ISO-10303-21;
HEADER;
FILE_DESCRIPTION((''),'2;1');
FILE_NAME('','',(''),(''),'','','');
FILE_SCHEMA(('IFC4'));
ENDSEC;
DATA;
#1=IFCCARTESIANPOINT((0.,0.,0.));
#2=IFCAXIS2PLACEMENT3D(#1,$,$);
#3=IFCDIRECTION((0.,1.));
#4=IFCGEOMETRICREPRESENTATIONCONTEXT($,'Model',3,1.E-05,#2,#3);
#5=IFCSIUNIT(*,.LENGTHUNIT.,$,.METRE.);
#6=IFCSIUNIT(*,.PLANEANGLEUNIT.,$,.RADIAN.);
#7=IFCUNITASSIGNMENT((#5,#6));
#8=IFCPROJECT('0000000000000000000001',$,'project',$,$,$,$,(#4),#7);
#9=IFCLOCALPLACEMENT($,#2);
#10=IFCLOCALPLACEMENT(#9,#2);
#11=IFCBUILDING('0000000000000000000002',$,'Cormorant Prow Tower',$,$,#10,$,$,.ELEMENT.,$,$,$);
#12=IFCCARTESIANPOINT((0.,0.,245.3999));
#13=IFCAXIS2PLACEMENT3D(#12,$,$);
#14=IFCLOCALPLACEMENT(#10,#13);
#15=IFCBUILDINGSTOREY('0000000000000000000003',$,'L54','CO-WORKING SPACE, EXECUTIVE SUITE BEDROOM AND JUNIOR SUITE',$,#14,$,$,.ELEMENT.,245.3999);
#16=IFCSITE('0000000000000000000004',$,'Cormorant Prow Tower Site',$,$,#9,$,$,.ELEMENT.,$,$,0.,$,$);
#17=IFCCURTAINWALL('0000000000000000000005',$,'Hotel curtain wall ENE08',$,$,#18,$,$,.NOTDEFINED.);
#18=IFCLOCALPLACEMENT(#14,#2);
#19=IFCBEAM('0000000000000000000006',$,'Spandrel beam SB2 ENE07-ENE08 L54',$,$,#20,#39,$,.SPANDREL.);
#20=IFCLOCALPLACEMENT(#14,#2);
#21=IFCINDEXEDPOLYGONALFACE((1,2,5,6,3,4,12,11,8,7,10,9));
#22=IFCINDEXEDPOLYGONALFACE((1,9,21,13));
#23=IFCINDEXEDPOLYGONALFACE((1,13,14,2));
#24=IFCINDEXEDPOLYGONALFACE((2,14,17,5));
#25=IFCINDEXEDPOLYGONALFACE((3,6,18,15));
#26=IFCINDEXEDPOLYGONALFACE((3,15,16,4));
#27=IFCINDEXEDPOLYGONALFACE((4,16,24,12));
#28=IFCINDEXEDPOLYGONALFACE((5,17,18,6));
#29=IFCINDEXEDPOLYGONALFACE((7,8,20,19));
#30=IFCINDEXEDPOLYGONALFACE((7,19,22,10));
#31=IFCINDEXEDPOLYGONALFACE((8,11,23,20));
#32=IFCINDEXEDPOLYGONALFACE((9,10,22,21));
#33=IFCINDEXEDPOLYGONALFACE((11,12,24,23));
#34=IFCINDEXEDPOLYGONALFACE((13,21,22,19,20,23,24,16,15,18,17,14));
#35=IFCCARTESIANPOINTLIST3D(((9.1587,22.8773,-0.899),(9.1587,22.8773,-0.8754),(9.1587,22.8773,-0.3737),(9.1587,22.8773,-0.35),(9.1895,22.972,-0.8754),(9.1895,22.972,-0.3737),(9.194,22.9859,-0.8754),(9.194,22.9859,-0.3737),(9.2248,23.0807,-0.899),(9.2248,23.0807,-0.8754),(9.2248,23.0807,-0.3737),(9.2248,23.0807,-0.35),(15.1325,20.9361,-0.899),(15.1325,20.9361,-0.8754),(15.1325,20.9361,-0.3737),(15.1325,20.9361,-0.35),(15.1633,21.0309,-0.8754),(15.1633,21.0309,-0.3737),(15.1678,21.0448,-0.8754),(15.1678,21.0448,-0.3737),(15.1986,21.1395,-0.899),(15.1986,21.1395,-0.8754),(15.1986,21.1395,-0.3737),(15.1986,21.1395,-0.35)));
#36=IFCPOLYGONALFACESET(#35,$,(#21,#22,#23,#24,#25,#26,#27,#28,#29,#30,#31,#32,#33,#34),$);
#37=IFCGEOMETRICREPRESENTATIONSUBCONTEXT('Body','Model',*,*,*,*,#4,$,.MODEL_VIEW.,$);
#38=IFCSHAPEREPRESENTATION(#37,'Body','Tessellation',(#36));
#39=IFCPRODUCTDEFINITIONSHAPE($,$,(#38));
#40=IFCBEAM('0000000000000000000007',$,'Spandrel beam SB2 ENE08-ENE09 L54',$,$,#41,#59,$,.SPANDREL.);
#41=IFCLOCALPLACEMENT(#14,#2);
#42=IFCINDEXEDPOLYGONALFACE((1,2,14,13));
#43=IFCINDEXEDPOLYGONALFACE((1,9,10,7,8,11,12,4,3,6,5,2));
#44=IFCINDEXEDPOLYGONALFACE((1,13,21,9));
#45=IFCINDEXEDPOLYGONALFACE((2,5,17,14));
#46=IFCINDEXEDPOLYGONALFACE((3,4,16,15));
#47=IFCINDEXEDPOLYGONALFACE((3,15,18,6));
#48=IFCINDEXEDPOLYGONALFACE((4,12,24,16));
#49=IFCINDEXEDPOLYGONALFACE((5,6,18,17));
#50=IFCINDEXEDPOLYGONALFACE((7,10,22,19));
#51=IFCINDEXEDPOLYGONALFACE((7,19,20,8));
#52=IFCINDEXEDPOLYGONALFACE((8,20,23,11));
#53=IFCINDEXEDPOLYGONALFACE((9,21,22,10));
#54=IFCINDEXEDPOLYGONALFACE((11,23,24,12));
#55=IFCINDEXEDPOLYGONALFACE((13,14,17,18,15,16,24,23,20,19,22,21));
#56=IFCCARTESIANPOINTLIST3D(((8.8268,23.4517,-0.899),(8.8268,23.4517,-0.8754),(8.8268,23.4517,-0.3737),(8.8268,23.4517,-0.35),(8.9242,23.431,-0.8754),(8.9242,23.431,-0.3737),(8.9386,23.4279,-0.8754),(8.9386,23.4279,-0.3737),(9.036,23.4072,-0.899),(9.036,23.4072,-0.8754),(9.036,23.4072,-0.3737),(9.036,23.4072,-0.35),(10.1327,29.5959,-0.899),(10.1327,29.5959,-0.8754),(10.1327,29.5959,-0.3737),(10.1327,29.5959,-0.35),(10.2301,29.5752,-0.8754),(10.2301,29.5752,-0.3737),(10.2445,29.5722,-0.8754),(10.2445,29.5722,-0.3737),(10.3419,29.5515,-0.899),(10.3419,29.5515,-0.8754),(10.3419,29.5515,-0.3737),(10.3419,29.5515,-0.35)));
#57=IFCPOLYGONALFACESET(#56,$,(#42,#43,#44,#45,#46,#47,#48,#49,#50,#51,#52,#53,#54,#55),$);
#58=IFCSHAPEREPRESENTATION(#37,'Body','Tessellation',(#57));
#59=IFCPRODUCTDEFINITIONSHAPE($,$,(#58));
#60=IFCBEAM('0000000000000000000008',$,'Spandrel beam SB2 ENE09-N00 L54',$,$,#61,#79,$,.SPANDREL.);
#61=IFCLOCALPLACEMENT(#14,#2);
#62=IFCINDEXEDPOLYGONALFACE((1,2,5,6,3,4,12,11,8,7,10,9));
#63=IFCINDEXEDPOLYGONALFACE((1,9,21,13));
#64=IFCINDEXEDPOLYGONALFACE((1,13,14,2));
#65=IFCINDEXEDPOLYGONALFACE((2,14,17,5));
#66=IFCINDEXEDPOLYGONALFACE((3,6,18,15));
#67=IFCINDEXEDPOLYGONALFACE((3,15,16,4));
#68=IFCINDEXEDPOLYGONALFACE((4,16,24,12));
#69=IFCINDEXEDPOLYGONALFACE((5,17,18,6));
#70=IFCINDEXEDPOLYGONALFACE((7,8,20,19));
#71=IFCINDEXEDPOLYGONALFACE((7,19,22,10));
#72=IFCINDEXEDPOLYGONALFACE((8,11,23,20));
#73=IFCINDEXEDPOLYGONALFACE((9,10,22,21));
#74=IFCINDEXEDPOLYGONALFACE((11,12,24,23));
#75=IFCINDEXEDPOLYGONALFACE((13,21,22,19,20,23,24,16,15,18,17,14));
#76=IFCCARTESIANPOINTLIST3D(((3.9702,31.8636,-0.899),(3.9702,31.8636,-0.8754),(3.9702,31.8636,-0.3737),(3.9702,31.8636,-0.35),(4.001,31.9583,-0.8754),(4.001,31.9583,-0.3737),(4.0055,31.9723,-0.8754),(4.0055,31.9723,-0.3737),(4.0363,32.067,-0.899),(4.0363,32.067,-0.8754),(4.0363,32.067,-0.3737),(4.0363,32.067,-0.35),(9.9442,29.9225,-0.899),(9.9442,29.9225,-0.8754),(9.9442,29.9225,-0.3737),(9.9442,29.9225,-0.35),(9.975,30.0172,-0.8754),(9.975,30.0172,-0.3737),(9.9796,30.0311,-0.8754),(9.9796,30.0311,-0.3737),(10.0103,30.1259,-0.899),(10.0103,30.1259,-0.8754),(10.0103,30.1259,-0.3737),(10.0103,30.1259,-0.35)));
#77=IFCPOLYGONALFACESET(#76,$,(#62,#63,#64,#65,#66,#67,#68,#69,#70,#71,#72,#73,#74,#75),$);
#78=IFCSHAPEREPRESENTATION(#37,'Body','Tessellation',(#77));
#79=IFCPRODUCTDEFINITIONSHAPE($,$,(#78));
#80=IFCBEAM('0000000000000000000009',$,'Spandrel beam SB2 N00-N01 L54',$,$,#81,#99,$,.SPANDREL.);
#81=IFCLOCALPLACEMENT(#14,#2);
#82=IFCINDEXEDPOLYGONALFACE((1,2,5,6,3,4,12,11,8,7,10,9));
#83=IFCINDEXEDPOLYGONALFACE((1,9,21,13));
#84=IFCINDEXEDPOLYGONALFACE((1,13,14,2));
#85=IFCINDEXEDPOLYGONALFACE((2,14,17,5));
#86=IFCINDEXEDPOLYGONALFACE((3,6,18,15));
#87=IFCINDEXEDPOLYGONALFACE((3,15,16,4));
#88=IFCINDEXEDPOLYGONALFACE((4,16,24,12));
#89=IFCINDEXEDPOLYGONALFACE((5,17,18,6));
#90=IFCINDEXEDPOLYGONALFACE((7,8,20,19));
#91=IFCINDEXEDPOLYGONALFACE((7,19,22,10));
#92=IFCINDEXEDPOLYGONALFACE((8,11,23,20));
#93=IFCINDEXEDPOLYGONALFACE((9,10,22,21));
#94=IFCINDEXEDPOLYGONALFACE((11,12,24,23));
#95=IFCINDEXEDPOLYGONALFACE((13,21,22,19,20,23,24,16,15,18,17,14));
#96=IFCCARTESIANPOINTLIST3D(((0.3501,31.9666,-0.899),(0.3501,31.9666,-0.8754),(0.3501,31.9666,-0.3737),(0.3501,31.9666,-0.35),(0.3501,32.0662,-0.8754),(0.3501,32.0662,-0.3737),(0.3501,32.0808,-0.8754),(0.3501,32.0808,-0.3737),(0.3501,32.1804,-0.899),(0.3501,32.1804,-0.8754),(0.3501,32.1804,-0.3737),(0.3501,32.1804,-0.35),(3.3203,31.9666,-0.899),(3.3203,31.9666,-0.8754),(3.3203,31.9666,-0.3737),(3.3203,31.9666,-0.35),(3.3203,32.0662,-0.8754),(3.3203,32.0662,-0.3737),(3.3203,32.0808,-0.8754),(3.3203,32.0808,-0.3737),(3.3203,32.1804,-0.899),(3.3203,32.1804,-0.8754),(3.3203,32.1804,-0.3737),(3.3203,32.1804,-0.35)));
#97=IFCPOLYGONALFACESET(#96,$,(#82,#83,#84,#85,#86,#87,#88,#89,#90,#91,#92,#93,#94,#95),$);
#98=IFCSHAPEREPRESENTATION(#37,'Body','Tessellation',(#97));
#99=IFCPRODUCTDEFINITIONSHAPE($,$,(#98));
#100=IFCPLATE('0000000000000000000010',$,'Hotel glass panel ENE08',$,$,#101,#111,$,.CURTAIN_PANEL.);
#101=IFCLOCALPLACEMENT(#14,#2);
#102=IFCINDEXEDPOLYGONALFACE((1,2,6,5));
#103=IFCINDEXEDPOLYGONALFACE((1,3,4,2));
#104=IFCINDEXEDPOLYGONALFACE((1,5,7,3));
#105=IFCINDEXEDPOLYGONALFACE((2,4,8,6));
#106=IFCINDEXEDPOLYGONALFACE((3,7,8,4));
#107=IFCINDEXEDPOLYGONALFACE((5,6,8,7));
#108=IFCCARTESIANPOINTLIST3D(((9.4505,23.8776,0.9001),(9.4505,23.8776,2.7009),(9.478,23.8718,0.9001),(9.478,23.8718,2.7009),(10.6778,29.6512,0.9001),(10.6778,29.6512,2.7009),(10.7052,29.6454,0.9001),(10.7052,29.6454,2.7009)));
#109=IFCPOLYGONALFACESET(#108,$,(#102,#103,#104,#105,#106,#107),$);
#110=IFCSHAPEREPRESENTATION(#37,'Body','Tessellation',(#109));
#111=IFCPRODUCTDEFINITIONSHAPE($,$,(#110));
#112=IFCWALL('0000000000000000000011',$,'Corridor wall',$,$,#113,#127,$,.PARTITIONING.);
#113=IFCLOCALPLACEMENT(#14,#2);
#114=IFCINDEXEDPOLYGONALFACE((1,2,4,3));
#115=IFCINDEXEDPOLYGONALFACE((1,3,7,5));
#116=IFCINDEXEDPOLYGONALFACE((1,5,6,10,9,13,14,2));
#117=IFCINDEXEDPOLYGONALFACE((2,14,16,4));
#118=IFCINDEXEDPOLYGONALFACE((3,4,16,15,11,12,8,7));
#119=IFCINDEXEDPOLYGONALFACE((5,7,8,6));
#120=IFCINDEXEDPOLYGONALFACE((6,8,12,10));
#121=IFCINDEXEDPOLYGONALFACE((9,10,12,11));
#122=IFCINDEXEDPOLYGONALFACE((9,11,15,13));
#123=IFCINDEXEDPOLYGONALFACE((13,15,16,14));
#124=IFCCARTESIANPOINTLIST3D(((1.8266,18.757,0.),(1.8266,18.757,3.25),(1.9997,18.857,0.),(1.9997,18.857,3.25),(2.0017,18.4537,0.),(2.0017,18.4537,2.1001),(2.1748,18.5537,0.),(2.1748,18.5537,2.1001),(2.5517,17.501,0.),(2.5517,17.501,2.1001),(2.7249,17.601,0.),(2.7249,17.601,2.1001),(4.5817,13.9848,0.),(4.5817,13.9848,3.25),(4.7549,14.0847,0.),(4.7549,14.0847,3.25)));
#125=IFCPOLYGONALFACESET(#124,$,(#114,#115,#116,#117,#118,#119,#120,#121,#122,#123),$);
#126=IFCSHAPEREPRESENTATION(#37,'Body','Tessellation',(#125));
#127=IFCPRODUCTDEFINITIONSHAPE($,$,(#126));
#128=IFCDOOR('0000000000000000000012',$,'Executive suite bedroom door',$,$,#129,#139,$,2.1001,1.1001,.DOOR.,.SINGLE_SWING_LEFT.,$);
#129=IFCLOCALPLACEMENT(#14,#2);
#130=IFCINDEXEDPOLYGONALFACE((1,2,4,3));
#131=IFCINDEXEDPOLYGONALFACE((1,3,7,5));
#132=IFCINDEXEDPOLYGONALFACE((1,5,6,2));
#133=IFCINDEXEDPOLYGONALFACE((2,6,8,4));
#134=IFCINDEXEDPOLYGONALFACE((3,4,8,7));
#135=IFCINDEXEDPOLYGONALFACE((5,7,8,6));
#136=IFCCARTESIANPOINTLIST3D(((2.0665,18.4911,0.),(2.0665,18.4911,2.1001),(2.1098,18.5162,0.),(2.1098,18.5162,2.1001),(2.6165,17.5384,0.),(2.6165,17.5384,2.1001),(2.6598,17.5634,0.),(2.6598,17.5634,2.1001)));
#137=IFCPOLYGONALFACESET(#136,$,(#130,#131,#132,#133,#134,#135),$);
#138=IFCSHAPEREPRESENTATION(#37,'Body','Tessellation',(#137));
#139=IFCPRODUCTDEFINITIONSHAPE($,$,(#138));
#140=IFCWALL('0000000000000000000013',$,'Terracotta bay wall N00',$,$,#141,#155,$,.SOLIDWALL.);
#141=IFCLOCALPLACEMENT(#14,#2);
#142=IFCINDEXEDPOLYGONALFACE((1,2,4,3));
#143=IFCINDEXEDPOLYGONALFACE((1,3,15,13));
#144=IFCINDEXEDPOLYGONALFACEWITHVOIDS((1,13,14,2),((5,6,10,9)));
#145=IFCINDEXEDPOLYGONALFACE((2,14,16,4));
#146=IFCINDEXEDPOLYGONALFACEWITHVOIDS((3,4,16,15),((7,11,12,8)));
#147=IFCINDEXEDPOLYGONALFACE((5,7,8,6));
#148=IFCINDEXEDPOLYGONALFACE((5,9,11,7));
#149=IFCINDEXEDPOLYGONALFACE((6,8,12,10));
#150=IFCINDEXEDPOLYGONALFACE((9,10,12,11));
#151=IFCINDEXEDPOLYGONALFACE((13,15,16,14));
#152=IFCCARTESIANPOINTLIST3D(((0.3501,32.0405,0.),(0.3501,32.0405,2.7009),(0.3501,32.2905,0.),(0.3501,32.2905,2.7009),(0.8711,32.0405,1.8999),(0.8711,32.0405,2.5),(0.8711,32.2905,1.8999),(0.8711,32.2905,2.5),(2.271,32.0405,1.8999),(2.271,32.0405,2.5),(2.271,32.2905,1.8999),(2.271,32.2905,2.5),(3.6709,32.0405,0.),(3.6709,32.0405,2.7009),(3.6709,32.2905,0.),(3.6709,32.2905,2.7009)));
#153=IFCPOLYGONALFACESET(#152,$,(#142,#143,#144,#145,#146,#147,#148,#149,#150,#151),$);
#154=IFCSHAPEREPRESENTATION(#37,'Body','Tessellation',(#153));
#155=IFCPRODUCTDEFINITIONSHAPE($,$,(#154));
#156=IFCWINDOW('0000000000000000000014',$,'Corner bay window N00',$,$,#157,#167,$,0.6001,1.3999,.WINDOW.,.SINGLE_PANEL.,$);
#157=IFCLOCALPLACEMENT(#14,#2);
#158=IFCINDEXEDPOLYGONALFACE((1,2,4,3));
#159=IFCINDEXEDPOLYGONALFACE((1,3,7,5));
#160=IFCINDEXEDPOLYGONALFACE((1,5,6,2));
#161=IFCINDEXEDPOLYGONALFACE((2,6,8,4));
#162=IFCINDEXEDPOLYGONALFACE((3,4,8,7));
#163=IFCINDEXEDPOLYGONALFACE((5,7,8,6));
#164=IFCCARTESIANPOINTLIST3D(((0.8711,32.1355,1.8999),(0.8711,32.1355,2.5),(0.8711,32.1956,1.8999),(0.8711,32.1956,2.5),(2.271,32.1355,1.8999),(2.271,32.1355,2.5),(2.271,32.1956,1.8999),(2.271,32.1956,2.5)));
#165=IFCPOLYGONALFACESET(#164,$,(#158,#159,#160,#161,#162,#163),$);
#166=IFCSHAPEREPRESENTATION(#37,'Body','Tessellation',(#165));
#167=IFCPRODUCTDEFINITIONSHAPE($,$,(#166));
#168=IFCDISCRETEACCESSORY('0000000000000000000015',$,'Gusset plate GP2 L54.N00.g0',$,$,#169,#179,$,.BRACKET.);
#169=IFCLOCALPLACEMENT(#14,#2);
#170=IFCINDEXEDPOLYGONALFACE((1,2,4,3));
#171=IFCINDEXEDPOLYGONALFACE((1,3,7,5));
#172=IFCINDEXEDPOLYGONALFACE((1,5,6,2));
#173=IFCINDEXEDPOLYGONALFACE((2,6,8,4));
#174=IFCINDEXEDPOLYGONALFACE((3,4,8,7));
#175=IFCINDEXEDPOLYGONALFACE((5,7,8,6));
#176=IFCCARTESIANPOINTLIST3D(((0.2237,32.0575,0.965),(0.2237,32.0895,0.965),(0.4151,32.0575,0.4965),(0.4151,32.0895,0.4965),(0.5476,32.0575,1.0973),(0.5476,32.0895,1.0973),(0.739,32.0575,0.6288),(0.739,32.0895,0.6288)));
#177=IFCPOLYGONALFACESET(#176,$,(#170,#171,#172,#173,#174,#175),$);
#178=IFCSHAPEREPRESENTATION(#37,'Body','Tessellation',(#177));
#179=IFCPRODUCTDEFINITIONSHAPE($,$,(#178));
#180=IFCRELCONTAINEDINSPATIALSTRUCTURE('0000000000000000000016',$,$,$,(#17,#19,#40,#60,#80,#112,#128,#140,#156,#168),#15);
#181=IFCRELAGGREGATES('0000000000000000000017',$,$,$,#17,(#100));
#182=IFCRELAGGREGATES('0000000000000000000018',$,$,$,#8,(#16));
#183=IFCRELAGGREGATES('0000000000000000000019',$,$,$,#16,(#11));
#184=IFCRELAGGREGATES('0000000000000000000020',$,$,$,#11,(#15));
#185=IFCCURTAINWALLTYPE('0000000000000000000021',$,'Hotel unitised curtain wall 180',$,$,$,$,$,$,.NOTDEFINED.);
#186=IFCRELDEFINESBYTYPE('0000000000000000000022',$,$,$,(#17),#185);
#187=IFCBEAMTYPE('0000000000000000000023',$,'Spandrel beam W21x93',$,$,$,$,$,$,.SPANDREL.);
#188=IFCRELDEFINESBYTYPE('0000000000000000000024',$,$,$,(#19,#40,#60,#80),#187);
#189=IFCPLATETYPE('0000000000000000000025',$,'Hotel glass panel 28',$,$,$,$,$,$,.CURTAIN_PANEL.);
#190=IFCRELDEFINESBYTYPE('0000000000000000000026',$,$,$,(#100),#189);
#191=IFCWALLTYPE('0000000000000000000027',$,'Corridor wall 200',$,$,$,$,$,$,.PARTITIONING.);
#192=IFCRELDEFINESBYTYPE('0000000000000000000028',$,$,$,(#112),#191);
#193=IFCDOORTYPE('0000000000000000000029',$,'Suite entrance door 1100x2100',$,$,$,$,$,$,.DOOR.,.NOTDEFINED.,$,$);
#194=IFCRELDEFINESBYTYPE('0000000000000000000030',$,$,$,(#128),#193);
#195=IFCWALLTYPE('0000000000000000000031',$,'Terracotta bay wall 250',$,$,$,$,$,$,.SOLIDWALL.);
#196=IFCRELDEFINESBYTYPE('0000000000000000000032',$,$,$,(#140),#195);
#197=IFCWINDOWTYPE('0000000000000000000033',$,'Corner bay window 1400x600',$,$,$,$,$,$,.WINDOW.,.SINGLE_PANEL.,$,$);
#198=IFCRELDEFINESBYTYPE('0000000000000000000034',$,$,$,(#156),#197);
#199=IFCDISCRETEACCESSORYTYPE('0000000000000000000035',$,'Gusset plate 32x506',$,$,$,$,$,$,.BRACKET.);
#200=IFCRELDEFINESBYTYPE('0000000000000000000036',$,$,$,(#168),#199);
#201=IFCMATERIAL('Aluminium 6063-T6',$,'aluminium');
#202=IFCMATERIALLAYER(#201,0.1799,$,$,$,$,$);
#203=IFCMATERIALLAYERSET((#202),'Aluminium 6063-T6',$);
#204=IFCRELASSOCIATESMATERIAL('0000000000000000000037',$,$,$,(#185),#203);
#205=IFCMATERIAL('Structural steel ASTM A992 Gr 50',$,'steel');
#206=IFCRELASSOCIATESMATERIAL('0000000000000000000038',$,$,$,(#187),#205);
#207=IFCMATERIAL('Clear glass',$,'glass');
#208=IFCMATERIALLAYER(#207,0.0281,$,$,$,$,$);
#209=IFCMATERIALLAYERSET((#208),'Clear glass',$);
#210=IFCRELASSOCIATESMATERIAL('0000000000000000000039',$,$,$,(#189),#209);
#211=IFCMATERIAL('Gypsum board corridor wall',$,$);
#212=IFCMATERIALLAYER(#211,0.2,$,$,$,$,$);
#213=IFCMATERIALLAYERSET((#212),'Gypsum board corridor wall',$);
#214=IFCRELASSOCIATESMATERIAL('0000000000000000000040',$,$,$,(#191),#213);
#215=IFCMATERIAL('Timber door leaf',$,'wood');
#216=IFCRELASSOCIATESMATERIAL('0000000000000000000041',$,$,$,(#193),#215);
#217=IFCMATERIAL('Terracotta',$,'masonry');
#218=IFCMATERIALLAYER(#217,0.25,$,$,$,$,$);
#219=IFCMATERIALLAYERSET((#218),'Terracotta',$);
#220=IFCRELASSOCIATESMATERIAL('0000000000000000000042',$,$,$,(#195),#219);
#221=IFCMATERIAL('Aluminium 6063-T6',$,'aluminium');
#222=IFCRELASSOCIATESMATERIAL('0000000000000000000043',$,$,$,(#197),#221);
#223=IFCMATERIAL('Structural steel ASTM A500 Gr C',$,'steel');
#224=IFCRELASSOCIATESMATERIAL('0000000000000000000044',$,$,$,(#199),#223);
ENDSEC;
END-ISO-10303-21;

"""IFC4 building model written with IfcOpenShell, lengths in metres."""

from ifc_helpers import new_model, si_unit, direction, frame, frame_2d, origin, origin_2d, place, context, subcontext, project, spatial, rectangle, i_section, extrude, material, layer, layer_set, material_profile, profile_set, type_object, element, fill, aggregate, save


model = new_model("IFC4")

# Units and contexts
model_context = context("Model", 3, precision=1e-05, world=origin(), true_north=direction((0.0, 1.0)))
body_context = subcontext(model_context, "Body", "Model", "MODEL_VIEW")
ifc_project = project(units=[si_unit("LENGTHUNIT", "METRE"), si_unit("PLANEANGLEUNIT", "RADIAN")], contexts=[model_context])

# Site, building, storey
site_placement = place(None, origin())
site = spatial("IfcSite", under=ifc_project, at=site_placement, Name="Cormorant Prow Tower Site", CompositionType="ELEMENT", RefElevation=0.0)
building_placement = place(site_placement, origin())
building = spatial("IfcBuilding", under=site, at=building_placement, Name="Cormorant Prow Tower", CompositionType="ELEMENT")
storey_placement = place(building_placement, frame((0.0, 0.0, 245.3999)))
storey = spatial("IfcBuildingStorey", under=building, at=storey_placement, Name="L54", Description="CO-WORKING SPACE, EXECUTIVE SUITE BEDROOM AND JUNIOR SUITE", CompositionType="ELEMENT", Elevation=245.3999)

# Curtain wall
ifc_material_1 = material(Name="Aluminium 6063-T6", Category="aluminium")
ifc_layer_1 = layer(ifc_material_1, 0.1799)
ifc_layer_set_1 = layer_set([ifc_layer_1], Name="Aluminium 6063-T6")
curtain_wall_type = type_object("IfcCurtainWallType", Name="Hotel unitised curtain wall 180", PredefinedType="NOTDEFINED", material=ifc_layer_set_1)
curtain_wall_placement = place(storey_placement, origin())
curtain_wall = element("IfcCurtainWall", 1, at=curtain_wall_placement, inside=storey, type_object=curtain_wall_type, Name="Hotel curtain wall ENE08", PredefinedType="NOTDEFINED")

# Beams
ifc_material_2 = material(Name="Structural steel ASTM A992 Gr 50", Category="steel")
ifc_material_profile_1 = material_profile(ifc_material_2, i_section(OverallWidth=0.2139, OverallDepth=0.5491, WebThickness=0.0146, FlangeThickness=0.0237, at=origin_2d()), Name="W21x93")
ifc_profile_set_1 = profile_set([ifc_material_profile_1], Name="Structural steel ASTM A992 Gr 50")
beam_type_1 = type_object("IfcBeamType", Name="Spandrel beam W21x93", PredefinedType="SPANDREL", material=ifc_profile_set_1)
beam_1_placement = place(storey_placement, frame((15.1655, 21.0378, -0.6245), z_axis=(-0.95105, 0.309036, 0.0), x_axis=(-0.309036, -0.95105, 0.0)))
element("IfcBeam", 2, at=beam_1_placement, inside=storey, type_object=beam_type_1, Name="Spandrel beam SB2 ENE07-ENE08 L54", PredefinedType="SPANDREL", context=body_context, shape_type="SweptSolid", body=[
    extrude(i_section(OverallWidth=0.2139, OverallDepth=0.5491, WebThickness=0.0146, FlangeThickness=0.0237, at=origin_2d()), origin(), (0.0, 0.0, 1.0), 6.2812),
])
for number, where, z_axis, x_axis, name in (
    (3, (8.9314, 23.4294, -0.6245), (0.207896, 0.978151, 0.0), (-0.978151, 0.207896, 0.0), "Spandrel beam SB2 ENE08-ENE09 L54"),
    (4, (9.9773, 30.0242, -0.6245), (-0.951054, 0.309025, 0.0), (-0.309025, -0.951054, 0.0), "Spandrel beam SB2 ENE09-N00 L54"),
):
    element("IfcBeam", number, at=place(storey_placement, frame(where, z_axis=z_axis, x_axis=x_axis)), inside=storey, type_object=beam_type_1, Name=name, PredefinedType="SPANDREL", context=body_context, shape_type="SweptSolid", body=[
        extrude(i_section(OverallWidth=0.2139, OverallDepth=0.5491, WebThickness=0.0146, FlangeThickness=0.0237, at=origin_2d()), origin(), (0.0, 0.0, 1.0), 6.2815),
    ])
beam_2_placement = place(storey_placement, frame((3.3203, 32.0735, -0.6245), z_axis=(-1.0, 0.0, 0.0), x_axis=(0.0, -1.0, 0.0)))
element("IfcBeam", 5, at=beam_2_placement, inside=storey, type_object=beam_type_1, Name="Spandrel beam SB2 N00-N01 L54", PredefinedType="SPANDREL", context=body_context, shape_type="SweptSolid", body=[
    extrude(i_section(OverallWidth=0.2139, OverallDepth=0.5491, WebThickness=0.0146, FlangeThickness=0.0237, at=origin_2d()), origin(), (0.0, 0.0, 1.0), 2.9702),
])

# Plate
ifc_material_3 = material(Name="Clear glass", Category="glass")
ifc_layer_2 = layer(ifc_material_3, 0.0281)
ifc_layer_set_2 = layer_set([ifc_layer_2], Name="Clear glass")
plate_type = type_object("IfcPlateType", Name="Hotel glass panel 28", PredefinedType="CURTAIN_PANEL", material=ifc_layer_set_2)
plate_placement = place(storey_placement, frame((10.0779, 26.7615, 0.9001), z_axis=(0.0, 0.0, 1.0), x_axis=(0.207912, 0.978148, 0.0)))
plate = element("IfcPlate", 6, at=plate_placement, type_object=plate_type, Name="Hotel glass panel ENE08", PredefinedType="CURTAIN_PANEL", context=body_context, shape_type="SweptSolid", body=[
    extrude(rectangle(XDim=5.9026, YDim=0.0281, at=origin_2d()), origin(), (0.0, 0.0, 1.0), 1.8008),
])
aggregate(curtain_wall, [plate])

# Wall, opening, door
ifc_material_4 = material(Name="Gypsum board corridor wall")
ifc_layer_3 = layer(ifc_material_4, 0.2)
ifc_layer_set_3 = layer_set([ifc_layer_3], Name="Gypsum board corridor wall")
wall_type_1 = type_object("IfcWallType", Name="Corridor wall 200", PredefinedType="PARTITIONING", material=ifc_layer_set_3)
wall_1_placement = place(storey_placement, frame((1.9131, 18.8071, 0.0), z_axis=(0.0, 0.0, 1.0), x_axis=(0.499985, -0.866034, 0.0)))
wall_1 = element("IfcWall", 7, at=wall_1_placement, inside=storey, type_object=wall_type_1, Name="Corridor wall", PredefinedType="PARTITIONING", context=body_context, shape_type="SweptSolid", body=[
    extrude(rectangle(XDim=5.5105, YDim=0.2, at=frame_2d((2.7554, 0.0))), origin(), (0.0, 0.0, 1.0), 3.25),
])
opening_1_placement = place(wall_1_placement, frame((0.3503, 0.0, 0.0)))
opening_1 = element("IfcOpeningElement", 8, at=opening_1_placement, cuts=wall_1, PredefinedType="OPENING", context=body_context, shape_type="SweptSolid", body=[
    extrude(rectangle(XDim=1.1001, YDim=2.1001, at=frame_2d((0.55, 1.05))), frame((0.0, 0.1099, 0.0), z_axis=(0.0, -1.0, 0.0), x_axis=(1.0, 0.0, 0.0)), (0.0, 0.0, 1.0), 0.22),
])
ifc_material_5 = material(Name="Timber door leaf", Category="wood")
door_type_1 = type_object("IfcDoorType", Name="Suite entrance door 1100x2100", OperationType="NOTDEFINED", PredefinedType="DOOR", material=ifc_material_5)
door_1_placement = place(opening_1_placement, origin())
door_1 = element("IfcDoor", 9, at=door_1_placement, inside=storey, type_object=door_type_1, Name="Executive suite bedroom door", OperationType="SINGLE_SWING_LEFT", OverallHeight=2.1001, OverallWidth=1.1001, PredefinedType="DOOR", context=body_context, shape_type="SweptSolid", body=[
    extrude(rectangle(XDim=1.1001, YDim=2.1001, at=frame_2d((0.55, 1.05))), frame((0.0, 0.0249, 0.0), z_axis=(0.0, -1.0, 0.0), x_axis=(1.0, 0.0, 0.0)), (0.0, 0.0, 1.0), 0.05),
])
fill(opening_1, door_1)

# Wall, opening, window
ifc_material_6 = material(Name="Terracotta", Category="masonry")
ifc_layer_4 = layer(ifc_material_6, 0.25)
ifc_layer_set_4 = layer_set([ifc_layer_4], Name="Terracotta")
wall_type_2 = type_object("IfcWallType", Name="Terracotta bay wall 250", PredefinedType="SOLIDWALL", material=ifc_layer_set_4)
wall_2_placement = place(storey_placement, frame((3.6709, 32.1655, 0.0), z_axis=(0.0, 0.0, 1.0), x_axis=(-1.0, 0.0, 0.0)))
wall_2 = element("IfcWall", 10, at=wall_2_placement, inside=storey, type_object=wall_type_2, Name="Terracotta bay wall N00", PredefinedType="SOLIDWALL", context=body_context, shape_type="SweptSolid", body=[
    extrude(rectangle(XDim=3.3208, YDim=0.25, at=frame_2d((1.6604, 0.0))), origin(), (0.0, 0.0, 1.0), 2.7009),
])
opening_2_placement = place(wall_2_placement, frame((1.3999, 0.0, 1.8999)))
opening_2 = element("IfcOpeningElement", 11, at=opening_2_placement, cuts=wall_2, PredefinedType="OPENING", context=body_context, shape_type="SweptSolid", body=[
    extrude(rectangle(XDim=1.3999, YDim=0.6001, at=frame_2d((0.7, 0.3))), frame((0.0, 0.135, 0.0), z_axis=(0.0, -1.0, 0.0), x_axis=(1.0, 0.0, 0.0)), (0.0, 0.0, 1.0), 0.27),
])
ifc_material_7 = material(Name="Aluminium 6063-T6", Category="aluminium")
window_type = type_object("IfcWindowType", Name="Corner bay window 1400x600", PartitioningType="SINGLE_PANEL", PredefinedType="WINDOW", material=ifc_material_7)
window_placement = place(opening_2_placement, origin())
window = element("IfcWindow", 12, at=window_placement, inside=storey, type_object=window_type, Name="Corner bay window N00", OverallHeight=0.6001, OverallWidth=1.3999, PartitioningType="SINGLE_PANEL", PredefinedType="WINDOW", context=body_context, shape_type="SweptSolid", body=[
    extrude(rectangle(XDim=1.3999, YDim=0.6001, at=frame_2d((0.7, 0.3))), frame((0.0, 0.03, 0.0), z_axis=(0.0, -1.0, 0.0), x_axis=(1.0, 0.0, 0.0)), (0.0, 0.0, 1.0), 0.0601),
])
fill(opening_2, window)

# Discrete accessory
ifc_material_8 = material(Name="Structural steel ASTM A500 Gr C", Category="steel")
ifc_material_profile_2 = material_profile(ifc_material_8, rectangle(XDim=0.032, YDim=0.5061, at=origin_2d()), Name="Gusset plate 32x506")
ifc_profile_set_2 = profile_set([ifc_material_profile_2], Name="Structural steel ASTM A500 Gr C")
discrete_accessory_type = type_object("IfcDiscreteAccessoryType", Name="Gusset plate 32x506", PredefinedType="BRACKET", material=ifc_profile_set_2)
discrete_accessory_1_placement = place(storey_placement, frame((0.6433, 32.0735, 0.863), z_axis=(-0.925758, 0.0, -0.378117), x_axis=(0.0, -1.0, 0.0)))
element("IfcDiscreteAccessory", 13, at=discrete_accessory_1_placement, inside=storey, type_object=discrete_accessory_type, Name="Gusset plate GP2 L54.N00.g0", PredefinedType="BRACKET", context=body_context, shape_type="SweptSolid", body=[
    extrude(rectangle(XDim=0.032, YDim=0.5061, at=origin_2d()), origin(), (0.0, 0.0, 1.0), 0.3499),
])

save(model, "model.ifc")
